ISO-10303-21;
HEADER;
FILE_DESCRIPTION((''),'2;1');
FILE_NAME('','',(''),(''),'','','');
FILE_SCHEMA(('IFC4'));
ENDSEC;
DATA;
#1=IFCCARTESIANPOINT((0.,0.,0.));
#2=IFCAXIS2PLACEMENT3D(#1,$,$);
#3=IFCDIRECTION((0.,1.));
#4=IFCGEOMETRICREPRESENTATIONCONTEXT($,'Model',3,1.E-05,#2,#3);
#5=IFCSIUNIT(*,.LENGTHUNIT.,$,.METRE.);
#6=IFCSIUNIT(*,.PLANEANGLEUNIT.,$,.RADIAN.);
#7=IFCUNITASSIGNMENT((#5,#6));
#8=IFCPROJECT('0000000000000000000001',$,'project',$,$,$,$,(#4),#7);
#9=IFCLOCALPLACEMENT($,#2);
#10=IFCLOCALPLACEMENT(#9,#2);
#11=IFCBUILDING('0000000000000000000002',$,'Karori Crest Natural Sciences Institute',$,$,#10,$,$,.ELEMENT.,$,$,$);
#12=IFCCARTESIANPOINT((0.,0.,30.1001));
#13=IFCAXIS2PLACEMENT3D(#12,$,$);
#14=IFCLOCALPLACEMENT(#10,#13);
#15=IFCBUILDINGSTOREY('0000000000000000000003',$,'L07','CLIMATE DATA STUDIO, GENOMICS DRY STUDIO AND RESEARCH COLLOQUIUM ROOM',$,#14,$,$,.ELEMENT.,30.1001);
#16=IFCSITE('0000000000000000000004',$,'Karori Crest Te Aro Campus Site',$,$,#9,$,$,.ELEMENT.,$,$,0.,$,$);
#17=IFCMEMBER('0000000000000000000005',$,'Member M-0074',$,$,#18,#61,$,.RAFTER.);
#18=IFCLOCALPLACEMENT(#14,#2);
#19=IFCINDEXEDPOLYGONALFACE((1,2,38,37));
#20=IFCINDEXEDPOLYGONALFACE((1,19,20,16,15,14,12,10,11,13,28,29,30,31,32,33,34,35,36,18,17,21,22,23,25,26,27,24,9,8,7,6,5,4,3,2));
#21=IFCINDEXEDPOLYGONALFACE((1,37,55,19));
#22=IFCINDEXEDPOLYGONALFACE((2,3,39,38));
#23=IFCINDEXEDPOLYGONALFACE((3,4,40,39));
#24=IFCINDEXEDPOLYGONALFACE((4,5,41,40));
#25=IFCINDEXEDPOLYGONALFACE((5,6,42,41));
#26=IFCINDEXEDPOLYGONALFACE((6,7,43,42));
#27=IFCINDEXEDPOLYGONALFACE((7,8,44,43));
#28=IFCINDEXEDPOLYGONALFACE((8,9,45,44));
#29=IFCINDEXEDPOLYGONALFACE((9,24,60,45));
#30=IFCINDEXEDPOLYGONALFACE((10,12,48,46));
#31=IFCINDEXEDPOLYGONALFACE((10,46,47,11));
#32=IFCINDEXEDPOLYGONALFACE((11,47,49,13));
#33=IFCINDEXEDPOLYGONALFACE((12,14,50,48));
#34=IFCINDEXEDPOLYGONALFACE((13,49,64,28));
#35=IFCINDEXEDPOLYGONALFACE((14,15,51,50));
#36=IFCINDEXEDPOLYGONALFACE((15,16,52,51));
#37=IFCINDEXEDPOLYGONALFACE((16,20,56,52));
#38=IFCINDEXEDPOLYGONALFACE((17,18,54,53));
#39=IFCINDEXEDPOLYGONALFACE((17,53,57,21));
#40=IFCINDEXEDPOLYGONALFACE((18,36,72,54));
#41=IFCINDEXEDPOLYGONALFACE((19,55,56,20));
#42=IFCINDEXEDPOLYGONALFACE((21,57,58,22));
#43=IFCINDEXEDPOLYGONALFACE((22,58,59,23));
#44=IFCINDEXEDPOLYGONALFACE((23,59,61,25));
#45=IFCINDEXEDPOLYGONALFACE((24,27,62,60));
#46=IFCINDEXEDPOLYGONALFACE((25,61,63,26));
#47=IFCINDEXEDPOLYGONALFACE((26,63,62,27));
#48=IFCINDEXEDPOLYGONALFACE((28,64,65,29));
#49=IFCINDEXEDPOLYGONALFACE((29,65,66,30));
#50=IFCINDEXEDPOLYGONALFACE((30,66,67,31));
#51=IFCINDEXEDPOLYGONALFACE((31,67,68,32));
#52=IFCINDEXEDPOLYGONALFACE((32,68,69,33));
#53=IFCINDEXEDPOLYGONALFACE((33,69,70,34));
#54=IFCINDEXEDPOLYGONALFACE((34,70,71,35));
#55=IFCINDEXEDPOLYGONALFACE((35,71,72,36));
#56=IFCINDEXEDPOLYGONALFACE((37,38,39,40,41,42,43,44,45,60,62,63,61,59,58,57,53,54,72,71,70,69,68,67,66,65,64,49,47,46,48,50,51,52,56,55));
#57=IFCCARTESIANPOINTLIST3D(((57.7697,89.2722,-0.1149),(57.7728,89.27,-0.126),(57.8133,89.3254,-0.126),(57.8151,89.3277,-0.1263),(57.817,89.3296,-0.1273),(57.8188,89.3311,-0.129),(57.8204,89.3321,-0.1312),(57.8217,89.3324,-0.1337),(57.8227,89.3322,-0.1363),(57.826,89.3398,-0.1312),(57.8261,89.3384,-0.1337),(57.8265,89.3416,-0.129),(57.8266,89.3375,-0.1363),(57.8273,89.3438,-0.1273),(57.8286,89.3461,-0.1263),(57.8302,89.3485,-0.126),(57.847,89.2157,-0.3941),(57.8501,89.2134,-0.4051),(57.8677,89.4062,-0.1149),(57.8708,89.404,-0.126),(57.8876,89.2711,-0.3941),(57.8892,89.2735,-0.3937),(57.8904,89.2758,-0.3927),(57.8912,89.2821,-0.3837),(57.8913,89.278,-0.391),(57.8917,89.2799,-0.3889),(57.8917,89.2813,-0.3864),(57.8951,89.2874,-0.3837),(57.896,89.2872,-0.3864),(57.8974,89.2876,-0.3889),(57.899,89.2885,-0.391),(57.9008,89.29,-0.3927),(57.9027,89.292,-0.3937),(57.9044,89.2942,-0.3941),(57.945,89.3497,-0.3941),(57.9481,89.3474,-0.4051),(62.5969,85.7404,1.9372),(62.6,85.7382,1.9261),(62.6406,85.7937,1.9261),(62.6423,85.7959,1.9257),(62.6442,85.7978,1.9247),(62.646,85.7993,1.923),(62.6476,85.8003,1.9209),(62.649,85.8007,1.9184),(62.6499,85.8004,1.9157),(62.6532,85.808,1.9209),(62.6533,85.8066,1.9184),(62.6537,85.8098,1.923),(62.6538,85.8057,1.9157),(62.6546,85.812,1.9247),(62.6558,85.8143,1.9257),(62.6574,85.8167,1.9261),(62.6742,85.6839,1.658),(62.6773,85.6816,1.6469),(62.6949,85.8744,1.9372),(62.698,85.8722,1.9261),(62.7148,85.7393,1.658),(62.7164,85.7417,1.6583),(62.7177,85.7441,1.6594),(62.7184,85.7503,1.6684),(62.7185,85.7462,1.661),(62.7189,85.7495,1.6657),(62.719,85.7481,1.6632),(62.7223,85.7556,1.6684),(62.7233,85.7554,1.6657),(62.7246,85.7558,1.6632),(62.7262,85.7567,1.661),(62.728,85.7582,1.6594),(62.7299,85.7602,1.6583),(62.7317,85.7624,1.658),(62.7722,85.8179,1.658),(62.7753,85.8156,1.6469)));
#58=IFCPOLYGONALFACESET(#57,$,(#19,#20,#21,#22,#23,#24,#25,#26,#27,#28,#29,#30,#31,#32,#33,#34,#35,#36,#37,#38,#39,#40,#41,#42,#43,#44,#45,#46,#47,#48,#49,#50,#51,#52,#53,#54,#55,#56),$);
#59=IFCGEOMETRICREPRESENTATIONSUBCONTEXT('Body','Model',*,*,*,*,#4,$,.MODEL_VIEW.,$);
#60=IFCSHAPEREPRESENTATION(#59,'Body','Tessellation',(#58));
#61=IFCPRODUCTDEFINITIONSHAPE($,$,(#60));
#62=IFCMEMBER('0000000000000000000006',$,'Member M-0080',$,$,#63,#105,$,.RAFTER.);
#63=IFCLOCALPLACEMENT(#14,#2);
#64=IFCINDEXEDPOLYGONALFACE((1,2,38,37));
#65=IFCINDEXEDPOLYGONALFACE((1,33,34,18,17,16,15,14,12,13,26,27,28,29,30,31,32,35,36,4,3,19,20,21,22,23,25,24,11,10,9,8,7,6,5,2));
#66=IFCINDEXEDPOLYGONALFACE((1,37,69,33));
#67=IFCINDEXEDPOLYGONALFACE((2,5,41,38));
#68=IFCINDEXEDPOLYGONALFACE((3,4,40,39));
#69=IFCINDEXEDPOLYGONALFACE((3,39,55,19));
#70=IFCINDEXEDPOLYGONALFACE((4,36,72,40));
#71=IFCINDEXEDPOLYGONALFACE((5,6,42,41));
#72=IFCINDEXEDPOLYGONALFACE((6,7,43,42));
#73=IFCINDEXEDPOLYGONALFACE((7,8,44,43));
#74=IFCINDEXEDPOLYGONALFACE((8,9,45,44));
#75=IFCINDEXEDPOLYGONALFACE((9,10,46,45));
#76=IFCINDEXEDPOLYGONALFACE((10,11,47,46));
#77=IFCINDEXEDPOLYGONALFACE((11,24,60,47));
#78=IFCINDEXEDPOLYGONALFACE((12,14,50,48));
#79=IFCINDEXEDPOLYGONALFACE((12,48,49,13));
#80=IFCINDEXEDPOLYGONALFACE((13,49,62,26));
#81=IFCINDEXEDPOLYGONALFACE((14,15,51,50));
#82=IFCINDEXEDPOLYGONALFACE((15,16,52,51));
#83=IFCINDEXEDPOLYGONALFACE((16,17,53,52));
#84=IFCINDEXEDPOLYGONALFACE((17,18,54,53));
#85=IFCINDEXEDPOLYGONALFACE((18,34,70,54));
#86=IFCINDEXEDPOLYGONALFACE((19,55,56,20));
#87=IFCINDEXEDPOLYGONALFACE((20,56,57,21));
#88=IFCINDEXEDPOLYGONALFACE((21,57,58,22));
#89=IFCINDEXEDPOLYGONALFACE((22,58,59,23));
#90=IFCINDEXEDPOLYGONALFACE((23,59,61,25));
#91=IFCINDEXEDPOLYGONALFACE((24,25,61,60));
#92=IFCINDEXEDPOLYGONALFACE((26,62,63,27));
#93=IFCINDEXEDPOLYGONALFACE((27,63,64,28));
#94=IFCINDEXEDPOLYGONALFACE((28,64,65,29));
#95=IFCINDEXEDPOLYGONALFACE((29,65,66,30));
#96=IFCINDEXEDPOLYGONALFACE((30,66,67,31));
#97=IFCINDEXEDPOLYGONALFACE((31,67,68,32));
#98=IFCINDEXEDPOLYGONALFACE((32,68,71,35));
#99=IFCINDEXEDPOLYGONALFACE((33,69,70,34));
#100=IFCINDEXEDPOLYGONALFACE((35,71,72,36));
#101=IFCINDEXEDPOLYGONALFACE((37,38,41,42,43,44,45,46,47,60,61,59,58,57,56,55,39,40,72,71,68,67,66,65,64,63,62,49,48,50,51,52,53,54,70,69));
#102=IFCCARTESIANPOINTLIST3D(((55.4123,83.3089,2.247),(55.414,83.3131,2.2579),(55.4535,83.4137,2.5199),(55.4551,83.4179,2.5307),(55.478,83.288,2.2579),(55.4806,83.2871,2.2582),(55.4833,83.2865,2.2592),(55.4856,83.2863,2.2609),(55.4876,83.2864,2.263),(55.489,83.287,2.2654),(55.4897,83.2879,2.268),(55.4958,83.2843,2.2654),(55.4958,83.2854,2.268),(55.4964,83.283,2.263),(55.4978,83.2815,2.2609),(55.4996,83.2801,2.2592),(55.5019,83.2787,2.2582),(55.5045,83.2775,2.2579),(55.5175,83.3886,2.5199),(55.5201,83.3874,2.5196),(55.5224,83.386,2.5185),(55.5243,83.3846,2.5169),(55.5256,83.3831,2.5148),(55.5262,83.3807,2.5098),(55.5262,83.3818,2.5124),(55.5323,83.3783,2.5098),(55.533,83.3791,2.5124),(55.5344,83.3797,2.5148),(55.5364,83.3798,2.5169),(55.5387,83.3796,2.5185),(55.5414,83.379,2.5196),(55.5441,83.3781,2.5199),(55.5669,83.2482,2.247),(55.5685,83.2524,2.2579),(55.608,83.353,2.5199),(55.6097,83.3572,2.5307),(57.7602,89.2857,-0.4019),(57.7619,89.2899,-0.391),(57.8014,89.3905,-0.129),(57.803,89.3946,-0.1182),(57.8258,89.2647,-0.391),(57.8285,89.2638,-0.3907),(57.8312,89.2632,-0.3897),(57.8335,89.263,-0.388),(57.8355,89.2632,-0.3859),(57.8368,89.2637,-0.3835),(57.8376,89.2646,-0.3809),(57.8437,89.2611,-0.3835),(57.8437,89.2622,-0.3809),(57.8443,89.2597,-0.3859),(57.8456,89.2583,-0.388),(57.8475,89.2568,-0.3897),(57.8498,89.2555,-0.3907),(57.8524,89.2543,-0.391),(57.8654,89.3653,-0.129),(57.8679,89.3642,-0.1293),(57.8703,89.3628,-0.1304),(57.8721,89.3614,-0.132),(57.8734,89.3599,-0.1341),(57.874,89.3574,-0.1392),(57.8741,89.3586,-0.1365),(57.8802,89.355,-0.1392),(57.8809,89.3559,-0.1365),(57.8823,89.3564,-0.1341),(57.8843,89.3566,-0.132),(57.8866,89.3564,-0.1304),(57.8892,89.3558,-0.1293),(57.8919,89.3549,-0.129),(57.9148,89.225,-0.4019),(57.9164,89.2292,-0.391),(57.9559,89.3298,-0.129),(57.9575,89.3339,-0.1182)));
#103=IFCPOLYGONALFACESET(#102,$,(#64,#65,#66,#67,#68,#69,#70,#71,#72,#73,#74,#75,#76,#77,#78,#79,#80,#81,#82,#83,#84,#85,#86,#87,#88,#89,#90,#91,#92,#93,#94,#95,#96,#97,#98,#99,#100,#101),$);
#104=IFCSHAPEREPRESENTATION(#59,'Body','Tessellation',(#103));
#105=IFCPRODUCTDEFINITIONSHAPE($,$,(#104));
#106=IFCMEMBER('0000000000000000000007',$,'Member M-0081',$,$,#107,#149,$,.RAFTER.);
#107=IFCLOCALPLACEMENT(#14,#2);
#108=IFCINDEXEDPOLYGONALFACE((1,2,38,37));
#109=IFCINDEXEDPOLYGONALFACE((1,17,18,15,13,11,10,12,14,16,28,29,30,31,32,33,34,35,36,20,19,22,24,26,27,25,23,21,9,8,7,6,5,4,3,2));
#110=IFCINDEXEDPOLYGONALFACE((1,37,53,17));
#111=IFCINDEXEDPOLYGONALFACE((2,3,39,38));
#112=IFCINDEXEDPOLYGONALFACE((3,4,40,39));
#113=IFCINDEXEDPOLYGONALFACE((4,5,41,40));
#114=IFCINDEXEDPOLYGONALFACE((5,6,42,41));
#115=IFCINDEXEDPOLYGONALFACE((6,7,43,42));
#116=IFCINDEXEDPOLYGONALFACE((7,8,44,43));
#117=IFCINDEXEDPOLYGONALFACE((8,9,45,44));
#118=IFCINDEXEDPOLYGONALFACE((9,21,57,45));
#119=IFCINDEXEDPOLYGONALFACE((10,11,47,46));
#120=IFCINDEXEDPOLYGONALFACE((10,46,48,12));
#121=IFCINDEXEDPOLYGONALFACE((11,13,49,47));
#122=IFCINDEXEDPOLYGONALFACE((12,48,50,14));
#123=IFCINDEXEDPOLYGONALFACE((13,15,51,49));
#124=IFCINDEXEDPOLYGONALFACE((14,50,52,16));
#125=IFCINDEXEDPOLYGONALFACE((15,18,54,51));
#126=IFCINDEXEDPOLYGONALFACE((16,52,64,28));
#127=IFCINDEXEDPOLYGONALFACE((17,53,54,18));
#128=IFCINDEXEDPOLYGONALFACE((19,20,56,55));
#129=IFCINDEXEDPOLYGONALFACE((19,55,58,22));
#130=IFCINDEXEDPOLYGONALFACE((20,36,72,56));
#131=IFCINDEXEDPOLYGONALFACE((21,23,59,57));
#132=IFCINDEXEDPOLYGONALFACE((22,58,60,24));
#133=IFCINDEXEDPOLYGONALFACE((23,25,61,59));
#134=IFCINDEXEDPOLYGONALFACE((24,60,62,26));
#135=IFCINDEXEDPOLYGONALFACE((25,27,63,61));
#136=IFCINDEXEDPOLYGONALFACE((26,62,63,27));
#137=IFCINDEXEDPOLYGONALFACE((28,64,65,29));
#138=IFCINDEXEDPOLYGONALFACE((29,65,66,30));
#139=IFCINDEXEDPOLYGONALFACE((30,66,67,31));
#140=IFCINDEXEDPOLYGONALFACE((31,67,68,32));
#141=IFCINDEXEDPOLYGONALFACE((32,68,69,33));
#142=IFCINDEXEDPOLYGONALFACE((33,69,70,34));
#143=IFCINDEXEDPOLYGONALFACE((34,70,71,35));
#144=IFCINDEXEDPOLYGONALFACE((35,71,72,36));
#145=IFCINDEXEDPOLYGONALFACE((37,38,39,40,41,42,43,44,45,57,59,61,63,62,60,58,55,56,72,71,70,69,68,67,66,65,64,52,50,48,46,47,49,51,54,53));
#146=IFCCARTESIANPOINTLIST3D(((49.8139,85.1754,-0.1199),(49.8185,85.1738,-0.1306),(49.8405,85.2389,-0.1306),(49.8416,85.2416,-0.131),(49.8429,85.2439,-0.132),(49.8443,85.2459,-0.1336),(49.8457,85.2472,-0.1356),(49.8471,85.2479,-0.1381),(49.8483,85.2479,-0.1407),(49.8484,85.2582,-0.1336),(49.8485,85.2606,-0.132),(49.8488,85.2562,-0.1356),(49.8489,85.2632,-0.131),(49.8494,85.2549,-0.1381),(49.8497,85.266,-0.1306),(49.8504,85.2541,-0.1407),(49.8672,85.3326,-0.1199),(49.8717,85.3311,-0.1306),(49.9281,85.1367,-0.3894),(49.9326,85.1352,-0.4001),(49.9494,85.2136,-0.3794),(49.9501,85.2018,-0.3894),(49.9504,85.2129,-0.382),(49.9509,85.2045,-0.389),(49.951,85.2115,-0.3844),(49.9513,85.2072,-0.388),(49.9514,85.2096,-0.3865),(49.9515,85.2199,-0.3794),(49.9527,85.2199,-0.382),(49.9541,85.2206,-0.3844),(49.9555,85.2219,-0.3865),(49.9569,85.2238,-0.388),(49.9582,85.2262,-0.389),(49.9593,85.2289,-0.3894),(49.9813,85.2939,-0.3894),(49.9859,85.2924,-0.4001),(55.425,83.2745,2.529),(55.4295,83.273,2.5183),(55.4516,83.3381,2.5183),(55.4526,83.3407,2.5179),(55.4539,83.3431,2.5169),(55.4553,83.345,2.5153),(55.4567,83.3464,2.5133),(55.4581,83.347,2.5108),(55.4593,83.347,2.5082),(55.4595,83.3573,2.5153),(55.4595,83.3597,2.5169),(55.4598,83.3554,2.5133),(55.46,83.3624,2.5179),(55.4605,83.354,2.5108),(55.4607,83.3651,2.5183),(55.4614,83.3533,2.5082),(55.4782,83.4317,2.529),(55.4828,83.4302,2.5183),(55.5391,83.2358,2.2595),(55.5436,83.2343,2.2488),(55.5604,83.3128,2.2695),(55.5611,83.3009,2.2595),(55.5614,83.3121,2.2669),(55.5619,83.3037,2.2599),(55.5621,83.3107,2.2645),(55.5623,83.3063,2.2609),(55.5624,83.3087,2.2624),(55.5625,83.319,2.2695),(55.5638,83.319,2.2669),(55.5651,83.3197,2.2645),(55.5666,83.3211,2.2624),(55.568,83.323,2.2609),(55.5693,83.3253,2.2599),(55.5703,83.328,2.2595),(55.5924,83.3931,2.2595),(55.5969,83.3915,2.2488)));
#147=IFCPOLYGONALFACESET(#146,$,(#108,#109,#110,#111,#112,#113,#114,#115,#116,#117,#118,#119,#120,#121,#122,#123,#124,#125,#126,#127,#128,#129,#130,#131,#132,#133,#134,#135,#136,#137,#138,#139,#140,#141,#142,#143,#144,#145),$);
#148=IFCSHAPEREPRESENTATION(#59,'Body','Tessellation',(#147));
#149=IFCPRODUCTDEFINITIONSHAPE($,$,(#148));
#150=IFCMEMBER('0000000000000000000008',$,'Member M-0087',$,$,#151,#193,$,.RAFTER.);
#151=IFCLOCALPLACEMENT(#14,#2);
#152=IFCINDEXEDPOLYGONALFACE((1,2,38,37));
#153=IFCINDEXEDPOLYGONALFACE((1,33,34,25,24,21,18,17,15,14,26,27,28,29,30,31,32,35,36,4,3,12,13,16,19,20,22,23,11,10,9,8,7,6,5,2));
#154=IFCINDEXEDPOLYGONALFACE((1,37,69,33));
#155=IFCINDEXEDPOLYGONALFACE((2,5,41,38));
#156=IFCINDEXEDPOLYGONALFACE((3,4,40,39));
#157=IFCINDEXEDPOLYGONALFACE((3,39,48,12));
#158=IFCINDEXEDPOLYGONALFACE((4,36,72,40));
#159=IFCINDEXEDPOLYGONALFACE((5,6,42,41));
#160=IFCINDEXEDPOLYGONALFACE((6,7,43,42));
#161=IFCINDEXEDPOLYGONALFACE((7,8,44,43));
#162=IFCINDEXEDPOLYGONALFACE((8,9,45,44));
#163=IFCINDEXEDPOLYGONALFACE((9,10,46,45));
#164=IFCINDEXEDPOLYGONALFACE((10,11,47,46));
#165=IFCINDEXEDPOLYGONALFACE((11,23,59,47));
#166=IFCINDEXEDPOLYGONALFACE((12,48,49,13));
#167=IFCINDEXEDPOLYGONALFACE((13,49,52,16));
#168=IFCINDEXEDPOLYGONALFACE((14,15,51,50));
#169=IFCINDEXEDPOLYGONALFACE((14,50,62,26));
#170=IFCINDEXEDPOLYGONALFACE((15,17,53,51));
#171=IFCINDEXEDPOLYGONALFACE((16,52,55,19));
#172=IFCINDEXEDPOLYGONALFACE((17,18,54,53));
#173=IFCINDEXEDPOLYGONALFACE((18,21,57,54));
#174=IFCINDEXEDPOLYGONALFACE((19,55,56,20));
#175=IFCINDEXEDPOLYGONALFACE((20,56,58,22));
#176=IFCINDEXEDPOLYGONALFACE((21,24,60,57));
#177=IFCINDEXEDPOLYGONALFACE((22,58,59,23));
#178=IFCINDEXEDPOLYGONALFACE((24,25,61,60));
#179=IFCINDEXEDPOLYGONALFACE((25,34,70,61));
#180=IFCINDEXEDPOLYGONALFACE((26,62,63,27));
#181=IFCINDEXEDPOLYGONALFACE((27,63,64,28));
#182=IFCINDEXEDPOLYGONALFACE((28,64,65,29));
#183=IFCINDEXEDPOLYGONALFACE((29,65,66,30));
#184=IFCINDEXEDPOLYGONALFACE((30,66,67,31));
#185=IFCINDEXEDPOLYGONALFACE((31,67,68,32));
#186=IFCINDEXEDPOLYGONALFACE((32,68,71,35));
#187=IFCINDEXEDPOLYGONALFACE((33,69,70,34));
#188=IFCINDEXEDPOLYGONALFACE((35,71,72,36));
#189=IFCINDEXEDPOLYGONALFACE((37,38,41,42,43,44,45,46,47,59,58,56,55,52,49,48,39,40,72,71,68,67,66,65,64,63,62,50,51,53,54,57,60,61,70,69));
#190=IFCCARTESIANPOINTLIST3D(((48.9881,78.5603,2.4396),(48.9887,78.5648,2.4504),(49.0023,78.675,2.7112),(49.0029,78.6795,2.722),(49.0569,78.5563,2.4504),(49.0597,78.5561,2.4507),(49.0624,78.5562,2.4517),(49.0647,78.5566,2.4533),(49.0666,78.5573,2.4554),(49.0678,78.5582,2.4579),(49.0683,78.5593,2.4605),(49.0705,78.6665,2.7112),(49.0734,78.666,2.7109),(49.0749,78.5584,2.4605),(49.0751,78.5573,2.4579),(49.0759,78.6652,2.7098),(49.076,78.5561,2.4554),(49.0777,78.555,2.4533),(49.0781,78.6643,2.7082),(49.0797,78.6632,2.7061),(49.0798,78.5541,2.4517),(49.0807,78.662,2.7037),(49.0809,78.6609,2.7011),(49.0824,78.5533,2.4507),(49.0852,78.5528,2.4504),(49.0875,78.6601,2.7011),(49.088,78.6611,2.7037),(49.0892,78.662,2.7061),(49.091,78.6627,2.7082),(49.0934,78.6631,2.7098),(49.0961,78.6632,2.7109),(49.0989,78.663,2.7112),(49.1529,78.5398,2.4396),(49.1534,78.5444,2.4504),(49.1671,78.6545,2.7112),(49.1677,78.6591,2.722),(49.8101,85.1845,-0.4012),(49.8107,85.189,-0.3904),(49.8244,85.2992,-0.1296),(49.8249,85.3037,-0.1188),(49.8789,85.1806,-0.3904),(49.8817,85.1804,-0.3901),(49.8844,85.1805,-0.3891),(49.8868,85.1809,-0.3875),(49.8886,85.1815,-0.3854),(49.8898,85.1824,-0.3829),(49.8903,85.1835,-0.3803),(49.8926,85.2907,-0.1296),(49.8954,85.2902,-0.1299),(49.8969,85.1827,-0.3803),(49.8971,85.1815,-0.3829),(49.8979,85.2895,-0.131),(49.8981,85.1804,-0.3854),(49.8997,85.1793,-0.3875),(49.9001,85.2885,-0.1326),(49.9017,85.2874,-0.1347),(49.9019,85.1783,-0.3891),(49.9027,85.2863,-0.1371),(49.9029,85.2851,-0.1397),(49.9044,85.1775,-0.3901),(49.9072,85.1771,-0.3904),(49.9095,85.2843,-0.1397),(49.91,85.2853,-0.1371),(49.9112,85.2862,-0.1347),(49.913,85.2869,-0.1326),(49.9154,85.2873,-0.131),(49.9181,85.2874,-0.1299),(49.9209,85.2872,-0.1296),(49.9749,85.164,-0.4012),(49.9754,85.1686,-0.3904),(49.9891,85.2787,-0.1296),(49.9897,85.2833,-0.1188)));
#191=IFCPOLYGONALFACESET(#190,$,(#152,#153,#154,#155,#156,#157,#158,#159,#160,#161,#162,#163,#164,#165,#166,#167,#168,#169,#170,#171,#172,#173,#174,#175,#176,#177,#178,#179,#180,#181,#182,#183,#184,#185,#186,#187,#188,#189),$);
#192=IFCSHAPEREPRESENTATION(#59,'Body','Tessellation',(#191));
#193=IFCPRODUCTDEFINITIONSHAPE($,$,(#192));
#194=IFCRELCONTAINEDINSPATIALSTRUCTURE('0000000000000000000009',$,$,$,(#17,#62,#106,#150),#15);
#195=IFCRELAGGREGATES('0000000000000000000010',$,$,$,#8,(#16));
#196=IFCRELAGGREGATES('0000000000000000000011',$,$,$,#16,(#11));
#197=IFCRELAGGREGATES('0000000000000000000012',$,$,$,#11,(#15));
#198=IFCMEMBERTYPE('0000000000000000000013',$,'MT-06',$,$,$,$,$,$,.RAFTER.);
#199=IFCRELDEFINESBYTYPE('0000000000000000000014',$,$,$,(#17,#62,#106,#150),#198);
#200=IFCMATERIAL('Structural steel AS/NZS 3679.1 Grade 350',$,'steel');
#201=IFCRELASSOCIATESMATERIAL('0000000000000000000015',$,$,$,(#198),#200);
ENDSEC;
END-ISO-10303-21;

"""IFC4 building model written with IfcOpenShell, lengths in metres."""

from ifc_helpers import new_model, si_unit, direction, frame, origin, origin_2d, place, context, subcontext, project, spatial, i_section, extrude, material, material_profile, profile_set, type_object, element, save


model = new_model("IFC4")

# Units and contexts
model_context = context("Model", 3, precision=1e-05, world=origin(), true_north=direction((0.0, 1.0)))
body_context = subcontext(model_context, "Body", "Model", "MODEL_VIEW")
ifc_project = project(units=[si_unit("LENGTHUNIT", "METRE"), si_unit("PLANEANGLEUNIT", "RADIAN")], contexts=[model_context])

# Site, building, storey
site_placement = place(None, origin())
site = spatial("IfcSite", under=ifc_project, at=site_placement, Name="Karori Crest Te Aro Campus Site", CompositionType="ELEMENT", RefElevation=0.0)
building_placement = place(site_placement, origin())
building = spatial("IfcBuilding", under=site, at=building_placement, Name="Karori Crest Natural Sciences Institute", CompositionType="ELEMENT")
storey_placement = place(building_placement, frame((0.0, 0.0, 30.1001)))
storey = spatial("IfcBuildingStorey", under=building, at=storey_placement, Name="L07", Description="CLIMATE DATA STUDIO, GENOMICS DRY STUDIO AND RESEARCH COLLOQUIUM ROOM", CompositionType="ELEMENT", Elevation=30.1001)

# Members
ifc_material_1 = material(Name="Structural steel AS/NZS 3679.1 Grade 350", Category="steel")
ifc_material_profile_1 = material_profile(ifc_material_1, i_section(OverallWidth=0.166, OverallDepth=0.3069, WebThickness=0.0066, FlangeThickness=0.0117, FilletRadius=0.011, at=origin_2d()), Name="310UB46.2")
ifc_profile_set_1 = profile_set([ifc_material_profile_1], Name="Structural steel AS/NZS 3679.1 Grade 350")
member_type_1 = type_object("IfcMemberType", Name="MT-06", PredefinedType="RAFTER", material=ifc_profile_set_1)
member_1_placement = place(storey_placement, frame((57.8589, 89.3098, -0.26), z_axis=(0.76338, -0.55852, 0.32451), x_axis=(0.590475, 0.807056, 0.0)))
element("IfcMember", 1, at=member_1_placement, inside=storey, type_object=member_type_1, Name="Member M-0074", PredefinedType="RAFTER", context=body_context, shape_type="SweptSolid", body=[
    extrude(i_section(OverallWidth=0.166, OverallDepth=0.3069, WebThickness=0.0066, FlangeThickness=0.0117, FilletRadius=0.011, at=origin_2d()), origin(), (0.0, 0.0, 1.0), 6.3235),
])
member_2_placement = place(storey_placement, frame((57.8589, 89.3098, -0.26), z_axis=(-0.338005, -0.860425, 0.381341), x_axis=(0.930758, -0.365635, 0.0)))
element("IfcMember", 2, at=member_2_placement, inside=storey, type_object=member_type_1, Name="Member M-0080", PredefinedType="RAFTER", context=body_context, shape_type="SweptSolid", body=[
    extrude(i_section(OverallWidth=0.166, OverallDepth=0.3069, WebThickness=0.0066, FlangeThickness=0.0117, FilletRadius=0.011, at=origin_2d()), origin(), (0.0, 0.0, 1.0), 6.9463),
])
member_3_placement = place(storey_placement, frame((49.8999, 85.2339, -0.26), z_axis=(0.864632, -0.292913, 0.408183), x_axis=(0.32086, 0.947127, 0.0)))
element("IfcMember", 3, at=member_3_placement, inside=storey, type_object=member_type_1, Name="Member M-0081", PredefinedType="RAFTER", context=body_context, shape_type="SweptSolid", body=[
    extrude(i_section(OverallWidth=0.166, OverallDepth=0.3069, WebThickness=0.0066, FlangeThickness=0.0117, FilletRadius=0.011, at=origin_2d()), origin(), (0.0, 0.0, 1.0), 6.4895),
])
member_4_placement = place(storey_placement, frame((49.8999, 85.2339, -0.26), z_axis=(-0.113313, -0.913133, 0.391597), x_axis=(0.992388, -0.123148, 0.0)))
element("IfcMember", 4, at=member_4_placement, inside=storey, type_object=member_type_1, Name="Member M-0087", PredefinedType="RAFTER", context=body_context, shape_type="SweptSolid", body=[
    extrude(i_section(OverallWidth=0.166, OverallDepth=0.3069, WebThickness=0.0066, FlangeThickness=0.0117, FilletRadius=0.011, at=origin_2d()), origin(), (0.0, 0.0, 1.0), 7.2544),
])

save(model, "model.ifc")
